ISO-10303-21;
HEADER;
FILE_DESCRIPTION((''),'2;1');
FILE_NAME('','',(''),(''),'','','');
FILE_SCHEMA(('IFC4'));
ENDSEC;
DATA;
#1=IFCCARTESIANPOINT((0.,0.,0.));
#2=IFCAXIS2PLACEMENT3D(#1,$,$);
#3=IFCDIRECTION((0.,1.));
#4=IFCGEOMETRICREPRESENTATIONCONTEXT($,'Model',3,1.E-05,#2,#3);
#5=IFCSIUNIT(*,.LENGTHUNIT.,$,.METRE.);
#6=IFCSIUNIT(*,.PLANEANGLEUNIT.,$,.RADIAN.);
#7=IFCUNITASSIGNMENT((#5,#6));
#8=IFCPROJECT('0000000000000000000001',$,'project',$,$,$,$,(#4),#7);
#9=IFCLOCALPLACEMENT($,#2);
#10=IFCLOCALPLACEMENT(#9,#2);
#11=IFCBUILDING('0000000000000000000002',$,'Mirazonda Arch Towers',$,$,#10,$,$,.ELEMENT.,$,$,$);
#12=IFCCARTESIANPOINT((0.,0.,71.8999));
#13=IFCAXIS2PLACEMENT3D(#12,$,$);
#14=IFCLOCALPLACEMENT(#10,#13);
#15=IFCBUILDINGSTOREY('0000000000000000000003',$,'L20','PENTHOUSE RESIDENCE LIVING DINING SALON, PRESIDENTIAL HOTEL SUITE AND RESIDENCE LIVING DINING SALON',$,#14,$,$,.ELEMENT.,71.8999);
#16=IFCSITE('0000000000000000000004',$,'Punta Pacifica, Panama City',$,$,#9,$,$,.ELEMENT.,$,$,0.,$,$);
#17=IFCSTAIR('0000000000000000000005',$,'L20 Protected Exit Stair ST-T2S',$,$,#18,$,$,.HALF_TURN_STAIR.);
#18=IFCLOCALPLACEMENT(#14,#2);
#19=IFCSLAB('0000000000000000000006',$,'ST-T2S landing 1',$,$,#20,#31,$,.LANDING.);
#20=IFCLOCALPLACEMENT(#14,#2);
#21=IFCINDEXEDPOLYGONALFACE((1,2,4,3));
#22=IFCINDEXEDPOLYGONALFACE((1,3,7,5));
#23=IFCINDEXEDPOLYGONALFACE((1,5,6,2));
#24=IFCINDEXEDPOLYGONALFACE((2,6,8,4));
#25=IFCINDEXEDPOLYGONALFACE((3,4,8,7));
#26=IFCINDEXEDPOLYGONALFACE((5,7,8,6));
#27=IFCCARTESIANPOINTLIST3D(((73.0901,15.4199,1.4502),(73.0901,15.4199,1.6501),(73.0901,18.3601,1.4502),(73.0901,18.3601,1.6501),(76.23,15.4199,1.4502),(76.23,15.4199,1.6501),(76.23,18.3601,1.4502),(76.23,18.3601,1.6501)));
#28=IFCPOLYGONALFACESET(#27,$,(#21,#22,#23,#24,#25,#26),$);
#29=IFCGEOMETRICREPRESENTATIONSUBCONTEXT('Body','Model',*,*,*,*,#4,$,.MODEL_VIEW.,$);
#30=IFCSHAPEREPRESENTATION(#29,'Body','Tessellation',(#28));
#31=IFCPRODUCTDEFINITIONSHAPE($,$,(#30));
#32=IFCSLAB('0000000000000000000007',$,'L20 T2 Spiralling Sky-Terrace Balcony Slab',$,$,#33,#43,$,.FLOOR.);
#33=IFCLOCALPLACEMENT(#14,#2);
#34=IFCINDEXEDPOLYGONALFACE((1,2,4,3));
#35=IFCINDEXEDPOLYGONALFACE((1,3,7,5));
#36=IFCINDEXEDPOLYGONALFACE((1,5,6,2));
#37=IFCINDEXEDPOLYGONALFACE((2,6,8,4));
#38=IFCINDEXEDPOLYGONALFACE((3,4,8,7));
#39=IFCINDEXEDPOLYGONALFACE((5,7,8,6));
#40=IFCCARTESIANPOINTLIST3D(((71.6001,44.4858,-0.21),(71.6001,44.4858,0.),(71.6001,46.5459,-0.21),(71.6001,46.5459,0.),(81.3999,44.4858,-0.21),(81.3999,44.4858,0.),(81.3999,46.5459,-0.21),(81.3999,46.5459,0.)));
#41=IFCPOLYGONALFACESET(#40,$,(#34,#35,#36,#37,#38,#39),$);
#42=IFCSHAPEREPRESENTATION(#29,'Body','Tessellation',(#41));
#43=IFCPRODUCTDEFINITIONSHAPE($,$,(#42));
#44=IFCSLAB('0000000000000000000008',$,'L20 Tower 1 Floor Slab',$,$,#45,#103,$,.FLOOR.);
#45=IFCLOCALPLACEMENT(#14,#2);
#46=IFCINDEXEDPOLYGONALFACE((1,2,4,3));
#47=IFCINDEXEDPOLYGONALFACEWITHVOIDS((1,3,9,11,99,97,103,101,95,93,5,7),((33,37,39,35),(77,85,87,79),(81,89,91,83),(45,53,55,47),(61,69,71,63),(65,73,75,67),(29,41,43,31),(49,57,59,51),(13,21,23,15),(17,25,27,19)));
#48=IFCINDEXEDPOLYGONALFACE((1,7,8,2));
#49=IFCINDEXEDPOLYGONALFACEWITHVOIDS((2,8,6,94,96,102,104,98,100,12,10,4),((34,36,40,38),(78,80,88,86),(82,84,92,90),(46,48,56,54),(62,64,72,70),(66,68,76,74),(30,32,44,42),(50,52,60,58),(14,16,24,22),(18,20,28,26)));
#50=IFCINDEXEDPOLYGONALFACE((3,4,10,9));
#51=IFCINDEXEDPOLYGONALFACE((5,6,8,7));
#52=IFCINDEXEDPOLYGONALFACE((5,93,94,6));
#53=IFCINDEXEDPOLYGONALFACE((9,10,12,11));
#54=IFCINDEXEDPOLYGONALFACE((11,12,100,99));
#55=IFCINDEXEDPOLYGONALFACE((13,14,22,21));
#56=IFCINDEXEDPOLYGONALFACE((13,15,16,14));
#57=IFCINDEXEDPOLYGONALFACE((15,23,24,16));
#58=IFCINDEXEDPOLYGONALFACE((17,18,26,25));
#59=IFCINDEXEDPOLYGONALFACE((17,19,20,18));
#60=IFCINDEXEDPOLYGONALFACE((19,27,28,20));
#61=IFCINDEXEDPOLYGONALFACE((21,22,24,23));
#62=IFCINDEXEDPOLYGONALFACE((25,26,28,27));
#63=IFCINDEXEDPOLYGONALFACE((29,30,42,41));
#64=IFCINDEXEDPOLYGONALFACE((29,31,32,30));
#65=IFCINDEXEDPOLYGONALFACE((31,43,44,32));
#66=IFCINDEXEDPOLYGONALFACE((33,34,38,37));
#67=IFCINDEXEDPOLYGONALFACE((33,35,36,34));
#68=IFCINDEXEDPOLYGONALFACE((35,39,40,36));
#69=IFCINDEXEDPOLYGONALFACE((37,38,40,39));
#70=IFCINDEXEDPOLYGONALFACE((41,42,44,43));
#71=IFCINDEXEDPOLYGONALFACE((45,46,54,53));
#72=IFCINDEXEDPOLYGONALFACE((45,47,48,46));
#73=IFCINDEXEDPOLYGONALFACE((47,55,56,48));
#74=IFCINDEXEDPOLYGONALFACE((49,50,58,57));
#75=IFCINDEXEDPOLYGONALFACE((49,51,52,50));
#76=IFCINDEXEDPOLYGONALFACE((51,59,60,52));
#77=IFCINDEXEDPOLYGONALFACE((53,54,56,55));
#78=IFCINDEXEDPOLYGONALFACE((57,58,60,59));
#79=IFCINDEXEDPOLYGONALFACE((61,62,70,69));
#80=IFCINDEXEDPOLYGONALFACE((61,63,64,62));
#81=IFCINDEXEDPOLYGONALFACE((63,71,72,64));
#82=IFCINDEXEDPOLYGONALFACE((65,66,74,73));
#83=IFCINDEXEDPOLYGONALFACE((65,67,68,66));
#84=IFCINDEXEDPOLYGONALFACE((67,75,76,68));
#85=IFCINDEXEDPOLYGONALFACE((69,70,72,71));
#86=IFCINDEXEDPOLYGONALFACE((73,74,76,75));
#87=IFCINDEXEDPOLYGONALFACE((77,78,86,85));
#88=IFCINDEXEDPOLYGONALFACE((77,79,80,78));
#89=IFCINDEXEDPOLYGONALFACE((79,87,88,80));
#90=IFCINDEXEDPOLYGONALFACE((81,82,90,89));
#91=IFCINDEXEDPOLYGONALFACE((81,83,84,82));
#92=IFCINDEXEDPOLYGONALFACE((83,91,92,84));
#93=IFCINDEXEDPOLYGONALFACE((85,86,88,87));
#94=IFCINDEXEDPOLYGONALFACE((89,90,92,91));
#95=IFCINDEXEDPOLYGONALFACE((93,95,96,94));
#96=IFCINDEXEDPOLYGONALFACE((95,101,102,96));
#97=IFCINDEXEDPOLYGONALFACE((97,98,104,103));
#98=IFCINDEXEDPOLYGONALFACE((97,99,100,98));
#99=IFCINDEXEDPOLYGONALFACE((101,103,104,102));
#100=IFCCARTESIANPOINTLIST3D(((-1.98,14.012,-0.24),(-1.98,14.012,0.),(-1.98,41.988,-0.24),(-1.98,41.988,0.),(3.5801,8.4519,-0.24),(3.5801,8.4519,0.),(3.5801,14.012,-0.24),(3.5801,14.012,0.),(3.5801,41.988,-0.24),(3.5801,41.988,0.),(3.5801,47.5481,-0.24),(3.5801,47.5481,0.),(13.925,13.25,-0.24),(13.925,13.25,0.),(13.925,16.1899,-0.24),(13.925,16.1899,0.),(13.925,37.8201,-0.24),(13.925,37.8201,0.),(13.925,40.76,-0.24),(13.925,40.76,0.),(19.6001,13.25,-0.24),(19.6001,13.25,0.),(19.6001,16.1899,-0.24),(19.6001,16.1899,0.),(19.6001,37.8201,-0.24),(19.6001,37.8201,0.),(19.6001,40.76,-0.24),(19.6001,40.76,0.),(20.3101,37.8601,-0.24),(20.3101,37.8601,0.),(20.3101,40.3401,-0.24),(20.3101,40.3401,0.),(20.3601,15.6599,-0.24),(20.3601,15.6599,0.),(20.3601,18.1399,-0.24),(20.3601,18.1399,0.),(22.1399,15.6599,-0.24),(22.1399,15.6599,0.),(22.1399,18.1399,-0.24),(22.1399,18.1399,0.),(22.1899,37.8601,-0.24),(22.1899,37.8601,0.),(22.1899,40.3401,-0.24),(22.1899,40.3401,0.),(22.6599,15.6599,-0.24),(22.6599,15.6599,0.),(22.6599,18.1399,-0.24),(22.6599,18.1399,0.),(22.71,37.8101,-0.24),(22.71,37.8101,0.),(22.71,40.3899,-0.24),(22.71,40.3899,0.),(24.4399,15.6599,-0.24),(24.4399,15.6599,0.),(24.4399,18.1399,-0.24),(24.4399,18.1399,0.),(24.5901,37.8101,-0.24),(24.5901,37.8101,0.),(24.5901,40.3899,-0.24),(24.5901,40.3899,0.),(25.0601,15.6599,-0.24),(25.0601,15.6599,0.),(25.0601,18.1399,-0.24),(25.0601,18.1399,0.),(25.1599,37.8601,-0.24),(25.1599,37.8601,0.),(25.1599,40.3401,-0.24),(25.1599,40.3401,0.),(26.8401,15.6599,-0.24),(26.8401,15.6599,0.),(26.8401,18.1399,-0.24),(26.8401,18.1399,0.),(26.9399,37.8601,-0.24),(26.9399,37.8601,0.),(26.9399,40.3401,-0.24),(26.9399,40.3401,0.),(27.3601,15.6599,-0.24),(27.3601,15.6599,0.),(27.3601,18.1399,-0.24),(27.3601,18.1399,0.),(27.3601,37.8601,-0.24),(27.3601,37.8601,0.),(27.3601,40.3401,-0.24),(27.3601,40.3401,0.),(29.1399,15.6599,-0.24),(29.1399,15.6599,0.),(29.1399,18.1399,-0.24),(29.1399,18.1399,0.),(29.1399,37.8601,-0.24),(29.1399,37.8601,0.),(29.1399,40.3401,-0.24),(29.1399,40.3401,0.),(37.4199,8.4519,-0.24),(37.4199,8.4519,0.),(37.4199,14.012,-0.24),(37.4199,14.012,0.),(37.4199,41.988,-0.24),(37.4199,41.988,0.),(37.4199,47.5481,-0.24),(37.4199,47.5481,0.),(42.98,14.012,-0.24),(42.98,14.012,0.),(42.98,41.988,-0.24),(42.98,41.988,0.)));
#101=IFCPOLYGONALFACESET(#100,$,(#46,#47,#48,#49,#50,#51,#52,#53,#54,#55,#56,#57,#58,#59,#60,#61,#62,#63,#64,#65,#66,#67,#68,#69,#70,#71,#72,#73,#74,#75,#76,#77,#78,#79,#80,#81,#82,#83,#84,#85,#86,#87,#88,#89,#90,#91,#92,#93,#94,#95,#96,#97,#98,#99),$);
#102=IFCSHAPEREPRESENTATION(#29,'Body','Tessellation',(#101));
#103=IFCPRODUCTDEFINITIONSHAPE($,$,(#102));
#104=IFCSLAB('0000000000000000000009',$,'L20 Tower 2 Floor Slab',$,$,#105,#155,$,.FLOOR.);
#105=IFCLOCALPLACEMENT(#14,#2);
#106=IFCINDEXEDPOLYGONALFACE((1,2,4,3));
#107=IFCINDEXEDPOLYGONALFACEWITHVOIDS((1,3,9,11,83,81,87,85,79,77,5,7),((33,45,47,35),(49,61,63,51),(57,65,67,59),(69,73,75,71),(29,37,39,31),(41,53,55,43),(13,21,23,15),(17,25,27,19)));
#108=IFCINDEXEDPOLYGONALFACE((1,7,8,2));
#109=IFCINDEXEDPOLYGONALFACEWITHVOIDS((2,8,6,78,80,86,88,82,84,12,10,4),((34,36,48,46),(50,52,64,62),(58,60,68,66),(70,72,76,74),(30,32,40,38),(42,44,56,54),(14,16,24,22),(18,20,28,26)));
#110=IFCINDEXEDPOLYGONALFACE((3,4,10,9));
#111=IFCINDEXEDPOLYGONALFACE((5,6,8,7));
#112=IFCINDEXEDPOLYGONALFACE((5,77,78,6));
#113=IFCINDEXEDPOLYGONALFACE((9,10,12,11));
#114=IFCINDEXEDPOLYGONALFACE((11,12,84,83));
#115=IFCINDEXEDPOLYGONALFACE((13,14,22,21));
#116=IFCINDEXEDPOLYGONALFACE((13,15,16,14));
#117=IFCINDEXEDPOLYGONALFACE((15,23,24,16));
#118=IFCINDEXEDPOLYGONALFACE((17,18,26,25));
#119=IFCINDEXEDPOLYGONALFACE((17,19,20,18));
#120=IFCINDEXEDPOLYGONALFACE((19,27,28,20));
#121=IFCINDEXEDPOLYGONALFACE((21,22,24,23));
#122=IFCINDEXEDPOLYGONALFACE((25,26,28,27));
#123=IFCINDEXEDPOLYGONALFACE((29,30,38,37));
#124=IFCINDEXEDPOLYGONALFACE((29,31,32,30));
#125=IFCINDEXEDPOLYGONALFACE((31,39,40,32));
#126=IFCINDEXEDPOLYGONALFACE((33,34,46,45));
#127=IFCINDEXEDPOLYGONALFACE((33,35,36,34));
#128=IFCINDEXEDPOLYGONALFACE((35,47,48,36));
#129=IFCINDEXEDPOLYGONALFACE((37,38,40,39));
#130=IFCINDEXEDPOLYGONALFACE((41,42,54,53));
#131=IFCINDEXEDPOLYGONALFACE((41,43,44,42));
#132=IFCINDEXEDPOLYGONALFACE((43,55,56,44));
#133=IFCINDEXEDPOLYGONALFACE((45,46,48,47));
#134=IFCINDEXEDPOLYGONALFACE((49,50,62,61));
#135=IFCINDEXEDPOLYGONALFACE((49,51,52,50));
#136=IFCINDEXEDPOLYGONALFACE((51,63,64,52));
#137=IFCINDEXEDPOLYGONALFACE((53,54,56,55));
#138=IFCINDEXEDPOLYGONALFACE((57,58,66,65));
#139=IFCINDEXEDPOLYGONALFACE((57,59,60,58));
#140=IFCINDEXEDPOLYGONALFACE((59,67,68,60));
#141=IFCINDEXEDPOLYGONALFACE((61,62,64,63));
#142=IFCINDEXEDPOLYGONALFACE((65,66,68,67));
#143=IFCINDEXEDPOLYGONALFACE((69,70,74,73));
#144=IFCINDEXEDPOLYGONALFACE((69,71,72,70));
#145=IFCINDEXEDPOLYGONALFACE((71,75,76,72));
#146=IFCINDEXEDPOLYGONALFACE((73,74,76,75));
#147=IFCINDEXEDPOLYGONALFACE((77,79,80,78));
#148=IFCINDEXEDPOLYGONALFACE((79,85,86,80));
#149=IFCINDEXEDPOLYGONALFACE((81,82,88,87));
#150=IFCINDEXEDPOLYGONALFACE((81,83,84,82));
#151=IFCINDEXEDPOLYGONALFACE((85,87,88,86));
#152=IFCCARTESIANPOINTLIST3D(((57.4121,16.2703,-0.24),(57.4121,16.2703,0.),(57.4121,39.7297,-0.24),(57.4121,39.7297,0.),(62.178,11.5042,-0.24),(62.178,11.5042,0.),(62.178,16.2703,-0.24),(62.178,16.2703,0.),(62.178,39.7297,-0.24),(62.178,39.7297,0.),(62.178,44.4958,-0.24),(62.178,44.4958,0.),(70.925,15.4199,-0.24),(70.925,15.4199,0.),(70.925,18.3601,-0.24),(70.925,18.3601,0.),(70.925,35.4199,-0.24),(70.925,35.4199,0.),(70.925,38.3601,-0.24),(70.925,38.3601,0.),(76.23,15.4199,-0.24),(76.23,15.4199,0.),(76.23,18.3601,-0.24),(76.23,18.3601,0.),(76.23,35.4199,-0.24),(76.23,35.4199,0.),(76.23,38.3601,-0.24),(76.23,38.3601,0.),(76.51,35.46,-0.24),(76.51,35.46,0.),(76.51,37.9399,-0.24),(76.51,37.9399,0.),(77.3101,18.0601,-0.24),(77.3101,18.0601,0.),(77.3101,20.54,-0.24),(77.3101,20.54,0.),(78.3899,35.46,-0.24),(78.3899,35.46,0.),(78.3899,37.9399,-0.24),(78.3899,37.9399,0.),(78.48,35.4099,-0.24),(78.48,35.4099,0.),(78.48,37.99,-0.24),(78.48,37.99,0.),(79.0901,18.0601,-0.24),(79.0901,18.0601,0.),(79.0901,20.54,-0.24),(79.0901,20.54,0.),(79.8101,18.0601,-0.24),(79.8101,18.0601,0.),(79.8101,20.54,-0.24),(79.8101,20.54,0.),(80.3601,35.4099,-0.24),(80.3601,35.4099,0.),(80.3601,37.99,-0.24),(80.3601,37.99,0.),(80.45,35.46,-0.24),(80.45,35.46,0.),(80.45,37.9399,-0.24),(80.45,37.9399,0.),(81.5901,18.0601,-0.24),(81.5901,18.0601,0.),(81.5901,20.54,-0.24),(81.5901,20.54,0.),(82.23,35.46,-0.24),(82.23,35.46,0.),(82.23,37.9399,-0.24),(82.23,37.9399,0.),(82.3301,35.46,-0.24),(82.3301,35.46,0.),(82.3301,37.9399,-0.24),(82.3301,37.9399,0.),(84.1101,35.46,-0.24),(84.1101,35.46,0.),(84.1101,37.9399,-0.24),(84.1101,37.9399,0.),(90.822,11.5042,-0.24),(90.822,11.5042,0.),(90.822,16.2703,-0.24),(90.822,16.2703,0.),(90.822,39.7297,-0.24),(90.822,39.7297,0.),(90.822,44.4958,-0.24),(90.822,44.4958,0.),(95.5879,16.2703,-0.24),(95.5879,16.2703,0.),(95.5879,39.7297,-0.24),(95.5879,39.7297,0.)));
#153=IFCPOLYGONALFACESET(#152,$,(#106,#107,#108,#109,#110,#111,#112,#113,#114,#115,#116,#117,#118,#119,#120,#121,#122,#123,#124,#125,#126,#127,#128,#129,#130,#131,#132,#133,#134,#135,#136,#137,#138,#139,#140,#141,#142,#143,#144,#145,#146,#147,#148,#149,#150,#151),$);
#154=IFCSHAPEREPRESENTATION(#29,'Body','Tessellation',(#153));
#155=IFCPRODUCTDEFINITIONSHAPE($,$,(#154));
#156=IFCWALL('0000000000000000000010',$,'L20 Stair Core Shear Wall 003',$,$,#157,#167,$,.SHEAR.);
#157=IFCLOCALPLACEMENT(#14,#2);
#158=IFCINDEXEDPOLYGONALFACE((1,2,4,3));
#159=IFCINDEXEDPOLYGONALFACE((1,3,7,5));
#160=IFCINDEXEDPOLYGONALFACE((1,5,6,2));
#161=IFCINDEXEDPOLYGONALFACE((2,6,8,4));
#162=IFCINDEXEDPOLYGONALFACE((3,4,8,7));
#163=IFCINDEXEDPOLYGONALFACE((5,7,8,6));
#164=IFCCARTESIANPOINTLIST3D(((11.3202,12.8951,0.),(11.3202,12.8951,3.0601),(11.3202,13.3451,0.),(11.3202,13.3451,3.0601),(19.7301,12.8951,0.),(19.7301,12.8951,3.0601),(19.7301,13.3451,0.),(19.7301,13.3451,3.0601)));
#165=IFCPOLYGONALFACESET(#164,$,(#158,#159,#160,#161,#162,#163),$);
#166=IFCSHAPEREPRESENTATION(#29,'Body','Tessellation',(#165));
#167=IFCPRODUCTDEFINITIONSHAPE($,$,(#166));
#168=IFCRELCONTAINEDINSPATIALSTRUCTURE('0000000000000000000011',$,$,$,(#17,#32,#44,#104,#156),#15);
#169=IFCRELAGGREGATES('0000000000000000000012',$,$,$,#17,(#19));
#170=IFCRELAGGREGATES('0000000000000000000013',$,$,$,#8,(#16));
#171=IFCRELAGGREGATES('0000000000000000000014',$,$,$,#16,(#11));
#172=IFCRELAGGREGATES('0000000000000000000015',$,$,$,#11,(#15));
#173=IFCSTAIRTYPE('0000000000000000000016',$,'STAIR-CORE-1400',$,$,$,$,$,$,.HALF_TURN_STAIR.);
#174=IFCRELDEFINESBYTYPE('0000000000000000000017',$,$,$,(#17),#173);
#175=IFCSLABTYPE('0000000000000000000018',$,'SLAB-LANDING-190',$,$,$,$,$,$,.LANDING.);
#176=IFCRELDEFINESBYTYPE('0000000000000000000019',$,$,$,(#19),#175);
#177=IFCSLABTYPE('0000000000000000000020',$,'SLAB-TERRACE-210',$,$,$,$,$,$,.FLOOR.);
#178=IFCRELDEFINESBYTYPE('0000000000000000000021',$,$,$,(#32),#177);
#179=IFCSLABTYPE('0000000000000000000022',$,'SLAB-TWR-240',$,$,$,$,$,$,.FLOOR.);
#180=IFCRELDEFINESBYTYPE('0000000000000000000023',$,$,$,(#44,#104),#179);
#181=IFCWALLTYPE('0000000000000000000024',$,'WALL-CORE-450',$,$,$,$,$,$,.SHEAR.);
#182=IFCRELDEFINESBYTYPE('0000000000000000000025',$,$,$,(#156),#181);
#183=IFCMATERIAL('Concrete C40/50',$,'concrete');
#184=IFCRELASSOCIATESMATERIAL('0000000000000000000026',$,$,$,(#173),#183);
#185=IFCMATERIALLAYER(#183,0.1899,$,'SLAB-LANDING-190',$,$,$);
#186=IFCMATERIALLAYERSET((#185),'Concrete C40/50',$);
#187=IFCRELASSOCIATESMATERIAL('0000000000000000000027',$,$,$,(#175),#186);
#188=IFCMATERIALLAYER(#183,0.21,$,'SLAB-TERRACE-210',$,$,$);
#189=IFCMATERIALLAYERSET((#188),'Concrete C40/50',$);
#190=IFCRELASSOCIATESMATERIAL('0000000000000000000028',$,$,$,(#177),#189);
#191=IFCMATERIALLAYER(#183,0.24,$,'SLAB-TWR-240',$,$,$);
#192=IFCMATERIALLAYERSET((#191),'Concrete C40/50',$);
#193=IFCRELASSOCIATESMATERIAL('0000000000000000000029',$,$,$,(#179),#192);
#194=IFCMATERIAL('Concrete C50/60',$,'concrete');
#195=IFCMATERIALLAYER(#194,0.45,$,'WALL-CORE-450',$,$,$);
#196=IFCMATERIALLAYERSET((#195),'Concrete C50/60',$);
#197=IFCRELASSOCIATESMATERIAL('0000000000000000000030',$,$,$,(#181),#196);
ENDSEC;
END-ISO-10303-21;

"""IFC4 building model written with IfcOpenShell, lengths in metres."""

from ifc_helpers import new_model, si_unit, direction, frame, frame_2d, origin, place, context, subcontext, project, spatial, polyline, rectangle, outline, extrude, material, layer, layer_set, type_object, element, aggregate, save


model = new_model("IFC4")

# Units and contexts
model_context = context("Model", 3, precision=1e-05, world=origin(), true_north=direction((0.0, 1.0)))
body_context = subcontext(model_context, "Body", "Model", "MODEL_VIEW")
ifc_project = project(units=[si_unit("LENGTHUNIT", "METRE"), si_unit("PLANEANGLEUNIT", "RADIAN")], contexts=[model_context])

# Site, building, storey
site_placement = place(None, origin())
site = spatial("IfcSite", under=ifc_project, at=site_placement, Name="Punta Pacifica, Panama City", CompositionType="ELEMENT", RefElevation=0.0)
building_placement = place(site_placement, origin())
building = spatial("IfcBuilding", under=site, at=building_placement, Name="Mirazonda Arch Towers", CompositionType="ELEMENT")
storey_placement = place(building_placement, frame((0.0, 0.0, 71.8999)))
storey = spatial("IfcBuildingStorey", under=building, at=storey_placement, Name="L20", Description="PENTHOUSE RESIDENCE LIVING DINING SALON, PRESIDENTIAL HOTEL SUITE AND RESIDENCE LIVING DINING SALON", CompositionType="ELEMENT", Elevation=71.8999)

# Stair, slab
ifc_material_1 = material(Name="Concrete C40/50", Category="concrete")
stair_type = type_object("IfcStairType", Name="STAIR-CORE-1400", PredefinedType="HALF_TURN_STAIR", material=ifc_material_1)
ifc_layer_1 = layer(ifc_material_1, 0.1899, Name="SLAB-LANDING-190")
ifc_layer_set_1 = layer_set([ifc_layer_1], Name="Concrete C40/50")
slab_type_1 = type_object("IfcSlabType", Name="SLAB-LANDING-190", PredefinedType="LANDING", material=ifc_layer_set_1)
stair_1_placement = place(storey_placement, origin())
stair_1 = element("IfcStair", 1, at=stair_1_placement, inside=storey, type_object=stair_type, Name="L20 Protected Exit Stair ST-T2S", PredefinedType="HALF_TURN_STAIR")
slab_1_placement = place(storey_placement, frame((0.0, 0.0, 1.4502)))
slab_1 = element("IfcSlab", 2, at=slab_1_placement, type_object=slab_type_1, Name="ST-T2S landing 1", PredefinedType="LANDING", context=body_context, shape_type="SweptSolid", body=[
    extrude(outline(polyline([(73.0901, 15.4199), (76.23, 15.4199), (76.23, 18.3601), (73.0901, 18.3601), (73.0901, 15.4199)])), origin(), (0.0, 0.0, 1.0), 0.2),
])
aggregate(stair_1, [slab_1])

# Slabs
ifc_layer_2 = layer(ifc_material_1, 0.21, Name="SLAB-TERRACE-210")
ifc_layer_set_2 = layer_set([ifc_layer_2], Name="Concrete C40/50")
slab_type_2 = type_object("IfcSlabType", Name="SLAB-TERRACE-210", PredefinedType="FLOOR", material=ifc_layer_set_2)
slab_2_placement = place(storey_placement, frame((0.0, 0.0, -0.21)))
element("IfcSlab", 3, at=slab_2_placement, inside=storey, type_object=slab_type_2, Name="L20 T2 Spiralling Sky-Terrace Balcony Slab", PredefinedType="FLOOR", context=body_context, shape_type="SweptSolid", body=[
    extrude(outline(polyline([(71.6001, 44.4858), (81.3999, 44.4858), (81.3999, 46.5459), (71.6001, 46.5459), (71.6001, 44.4858)])), origin(), (0.0, 0.0, 1.0), 0.21),
])
ifc_layer_3 = layer(ifc_material_1, 0.24, Name="SLAB-TWR-240")
ifc_layer_set_3 = layer_set([ifc_layer_3], Name="Concrete C40/50")
slab_type_3 = type_object("IfcSlabType", Name="SLAB-TWR-240", PredefinedType="FLOOR", material=ifc_layer_set_3)
slab_3_placement = place(storey_placement, frame((0.0, 0.0, -0.24)))
element("IfcSlab", 4, at=slab_3_placement, inside=storey, type_object=slab_type_3, Name="L20 Tower 1 Floor Slab", PredefinedType="FLOOR", context=body_context, shape_type="SweptSolid", body=[
    extrude(outline(polyline([(3.5801, 8.4519), (37.4199, 8.4519), (37.4199, 14.012), (42.98, 14.012), (42.98, 41.988), (37.4199, 41.988), (37.4199, 47.5481), (3.5801, 47.5481), (3.5801, 41.988), (-1.98, 41.988), (-1.98, 14.012), (3.5801, 14.012), (3.5801, 8.4519)]), holes=[polyline([(29.1399, 18.1399), (29.1399, 15.6599), (27.3601, 15.6599), (27.3601, 18.1399), (29.1399, 18.1399)]), polyline([(29.1399, 40.3401), (29.1399, 37.8601), (27.3601, 37.8601), (27.3601, 40.3401), (29.1399, 40.3401)]), polyline([(25.1599, 40.3401), (26.9399, 40.3401), (26.9399, 37.8601), (25.1599, 37.8601), (25.1599, 40.3401)]), polyline([(26.8401, 18.1399), (26.8401, 15.6599), (25.0601, 15.6599), (25.0601, 18.1399), (26.8401, 18.1399)]), polyline([(22.71, 40.3899), (24.5901, 40.3899), (24.5901, 37.8101), (22.71, 37.8101), (22.71, 40.3899)]), polyline([(22.6599, 18.1399), (24.4399, 18.1399), (24.4399, 15.6599), (22.6599, 15.6599), (22.6599, 18.1399)]), polyline([(20.3101, 40.3401), (22.1899, 40.3401), (22.1899, 37.8601), (20.3101, 37.8601), (20.3101, 40.3401)]), polyline([(20.3601, 18.1399), (22.1399, 18.1399), (22.1399, 15.6599), (20.3601, 15.6599), (20.3601, 18.1399)]), polyline([(13.925, 40.76), (19.6001, 40.76), (19.6001, 37.8201), (13.925, 37.8201), (13.925, 40.76)]), polyline([(13.925, 13.25), (13.925, 16.1899), (19.6001, 16.1899), (19.6001, 13.25), (13.925, 13.25)])]), origin(), (0.0, 0.0, 1.0), 0.24),
])
slab_4_placement = place(storey_placement, frame((0.0, 0.0, -0.24)))
element("IfcSlab", 5, at=slab_4_placement, inside=storey, type_object=slab_type_3, Name="L20 Tower 2 Floor Slab", PredefinedType="FLOOR", context=body_context, shape_type="SweptSolid", body=[
    extrude(outline(polyline([(62.178, 11.5042), (90.822, 11.5042), (90.822, 16.2703), (95.5879, 16.2703), (95.5879, 39.7297), (90.822, 39.7297), (90.822, 44.4958), (62.178, 44.4958), (62.178, 39.7297), (57.4121, 39.7297), (57.4121, 16.2703), (62.178, 16.2703), (62.178, 11.5042)]), holes=[polyline([(82.3301, 37.9399), (84.1101, 37.9399), (84.1101, 35.46), (82.3301, 35.46), (82.3301, 37.9399)]), polyline([(80.45, 37.9399), (82.23, 37.9399), (82.23, 35.46), (80.45, 35.46), (80.45, 37.9399)]), polyline([(79.8101, 20.54), (81.5901, 20.54), (81.5901, 18.0601), (79.8101, 18.0601), (79.8101, 20.54)]), polyline([(78.48, 37.99), (80.3601, 37.99), (80.3601, 35.4099), (78.48, 35.4099), (78.48, 37.99)]), polyline([(77.3101, 20.54), (79.0901, 20.54), (79.0901, 18.0601), (77.3101, 18.0601), (77.3101, 20.54)]), polyline([(76.51, 37.9399), (78.3899, 37.9399), (78.3899, 35.46), (76.51, 35.46), (76.51, 37.9399)]), polyline([(70.925, 15.4199), (70.925, 18.3601), (76.23, 18.3601), (76.23, 15.4199), (70.925, 15.4199)]), polyline([(70.925, 35.4199), (70.925, 38.3601), (76.23, 38.3601), (76.23, 35.4199), (70.925, 35.4199)])]), origin(), (0.0, 0.0, 1.0), 0.24),
])

# Wall
ifc_material_2 = material(Name="Concrete C50/60", Category="concrete")
ifc_layer_4 = layer(ifc_material_2, 0.45, Name="WALL-CORE-450")
ifc_layer_set_4 = layer_set([ifc_layer_4], Name="Concrete C50/60")
wall_type_1 = type_object("IfcWallType", Name="WALL-CORE-450", PredefinedType="SHEAR", material=ifc_layer_set_4)
wall_1_placement = place(storey_placement, frame((11.3201, 13.1201, 0.0), z_axis=(0.0, 0.0, 1.0), x_axis=(1.0, 0.0, 0.0)))
element("IfcWall", 6, at=wall_1_placement, inside=storey, type_object=wall_type_1, Name="L20 Stair Core Shear Wall 003", PredefinedType="SHEAR", context=body_context, shape_type="SweptSolid", body=[
    extrude(rectangle(XDim=8.4099, YDim=0.45, at=frame_2d((4.2051, 0.0))), origin(), (0.0, 0.0, 1.0), 3.0601),
])

save(model, "model.ifc")
